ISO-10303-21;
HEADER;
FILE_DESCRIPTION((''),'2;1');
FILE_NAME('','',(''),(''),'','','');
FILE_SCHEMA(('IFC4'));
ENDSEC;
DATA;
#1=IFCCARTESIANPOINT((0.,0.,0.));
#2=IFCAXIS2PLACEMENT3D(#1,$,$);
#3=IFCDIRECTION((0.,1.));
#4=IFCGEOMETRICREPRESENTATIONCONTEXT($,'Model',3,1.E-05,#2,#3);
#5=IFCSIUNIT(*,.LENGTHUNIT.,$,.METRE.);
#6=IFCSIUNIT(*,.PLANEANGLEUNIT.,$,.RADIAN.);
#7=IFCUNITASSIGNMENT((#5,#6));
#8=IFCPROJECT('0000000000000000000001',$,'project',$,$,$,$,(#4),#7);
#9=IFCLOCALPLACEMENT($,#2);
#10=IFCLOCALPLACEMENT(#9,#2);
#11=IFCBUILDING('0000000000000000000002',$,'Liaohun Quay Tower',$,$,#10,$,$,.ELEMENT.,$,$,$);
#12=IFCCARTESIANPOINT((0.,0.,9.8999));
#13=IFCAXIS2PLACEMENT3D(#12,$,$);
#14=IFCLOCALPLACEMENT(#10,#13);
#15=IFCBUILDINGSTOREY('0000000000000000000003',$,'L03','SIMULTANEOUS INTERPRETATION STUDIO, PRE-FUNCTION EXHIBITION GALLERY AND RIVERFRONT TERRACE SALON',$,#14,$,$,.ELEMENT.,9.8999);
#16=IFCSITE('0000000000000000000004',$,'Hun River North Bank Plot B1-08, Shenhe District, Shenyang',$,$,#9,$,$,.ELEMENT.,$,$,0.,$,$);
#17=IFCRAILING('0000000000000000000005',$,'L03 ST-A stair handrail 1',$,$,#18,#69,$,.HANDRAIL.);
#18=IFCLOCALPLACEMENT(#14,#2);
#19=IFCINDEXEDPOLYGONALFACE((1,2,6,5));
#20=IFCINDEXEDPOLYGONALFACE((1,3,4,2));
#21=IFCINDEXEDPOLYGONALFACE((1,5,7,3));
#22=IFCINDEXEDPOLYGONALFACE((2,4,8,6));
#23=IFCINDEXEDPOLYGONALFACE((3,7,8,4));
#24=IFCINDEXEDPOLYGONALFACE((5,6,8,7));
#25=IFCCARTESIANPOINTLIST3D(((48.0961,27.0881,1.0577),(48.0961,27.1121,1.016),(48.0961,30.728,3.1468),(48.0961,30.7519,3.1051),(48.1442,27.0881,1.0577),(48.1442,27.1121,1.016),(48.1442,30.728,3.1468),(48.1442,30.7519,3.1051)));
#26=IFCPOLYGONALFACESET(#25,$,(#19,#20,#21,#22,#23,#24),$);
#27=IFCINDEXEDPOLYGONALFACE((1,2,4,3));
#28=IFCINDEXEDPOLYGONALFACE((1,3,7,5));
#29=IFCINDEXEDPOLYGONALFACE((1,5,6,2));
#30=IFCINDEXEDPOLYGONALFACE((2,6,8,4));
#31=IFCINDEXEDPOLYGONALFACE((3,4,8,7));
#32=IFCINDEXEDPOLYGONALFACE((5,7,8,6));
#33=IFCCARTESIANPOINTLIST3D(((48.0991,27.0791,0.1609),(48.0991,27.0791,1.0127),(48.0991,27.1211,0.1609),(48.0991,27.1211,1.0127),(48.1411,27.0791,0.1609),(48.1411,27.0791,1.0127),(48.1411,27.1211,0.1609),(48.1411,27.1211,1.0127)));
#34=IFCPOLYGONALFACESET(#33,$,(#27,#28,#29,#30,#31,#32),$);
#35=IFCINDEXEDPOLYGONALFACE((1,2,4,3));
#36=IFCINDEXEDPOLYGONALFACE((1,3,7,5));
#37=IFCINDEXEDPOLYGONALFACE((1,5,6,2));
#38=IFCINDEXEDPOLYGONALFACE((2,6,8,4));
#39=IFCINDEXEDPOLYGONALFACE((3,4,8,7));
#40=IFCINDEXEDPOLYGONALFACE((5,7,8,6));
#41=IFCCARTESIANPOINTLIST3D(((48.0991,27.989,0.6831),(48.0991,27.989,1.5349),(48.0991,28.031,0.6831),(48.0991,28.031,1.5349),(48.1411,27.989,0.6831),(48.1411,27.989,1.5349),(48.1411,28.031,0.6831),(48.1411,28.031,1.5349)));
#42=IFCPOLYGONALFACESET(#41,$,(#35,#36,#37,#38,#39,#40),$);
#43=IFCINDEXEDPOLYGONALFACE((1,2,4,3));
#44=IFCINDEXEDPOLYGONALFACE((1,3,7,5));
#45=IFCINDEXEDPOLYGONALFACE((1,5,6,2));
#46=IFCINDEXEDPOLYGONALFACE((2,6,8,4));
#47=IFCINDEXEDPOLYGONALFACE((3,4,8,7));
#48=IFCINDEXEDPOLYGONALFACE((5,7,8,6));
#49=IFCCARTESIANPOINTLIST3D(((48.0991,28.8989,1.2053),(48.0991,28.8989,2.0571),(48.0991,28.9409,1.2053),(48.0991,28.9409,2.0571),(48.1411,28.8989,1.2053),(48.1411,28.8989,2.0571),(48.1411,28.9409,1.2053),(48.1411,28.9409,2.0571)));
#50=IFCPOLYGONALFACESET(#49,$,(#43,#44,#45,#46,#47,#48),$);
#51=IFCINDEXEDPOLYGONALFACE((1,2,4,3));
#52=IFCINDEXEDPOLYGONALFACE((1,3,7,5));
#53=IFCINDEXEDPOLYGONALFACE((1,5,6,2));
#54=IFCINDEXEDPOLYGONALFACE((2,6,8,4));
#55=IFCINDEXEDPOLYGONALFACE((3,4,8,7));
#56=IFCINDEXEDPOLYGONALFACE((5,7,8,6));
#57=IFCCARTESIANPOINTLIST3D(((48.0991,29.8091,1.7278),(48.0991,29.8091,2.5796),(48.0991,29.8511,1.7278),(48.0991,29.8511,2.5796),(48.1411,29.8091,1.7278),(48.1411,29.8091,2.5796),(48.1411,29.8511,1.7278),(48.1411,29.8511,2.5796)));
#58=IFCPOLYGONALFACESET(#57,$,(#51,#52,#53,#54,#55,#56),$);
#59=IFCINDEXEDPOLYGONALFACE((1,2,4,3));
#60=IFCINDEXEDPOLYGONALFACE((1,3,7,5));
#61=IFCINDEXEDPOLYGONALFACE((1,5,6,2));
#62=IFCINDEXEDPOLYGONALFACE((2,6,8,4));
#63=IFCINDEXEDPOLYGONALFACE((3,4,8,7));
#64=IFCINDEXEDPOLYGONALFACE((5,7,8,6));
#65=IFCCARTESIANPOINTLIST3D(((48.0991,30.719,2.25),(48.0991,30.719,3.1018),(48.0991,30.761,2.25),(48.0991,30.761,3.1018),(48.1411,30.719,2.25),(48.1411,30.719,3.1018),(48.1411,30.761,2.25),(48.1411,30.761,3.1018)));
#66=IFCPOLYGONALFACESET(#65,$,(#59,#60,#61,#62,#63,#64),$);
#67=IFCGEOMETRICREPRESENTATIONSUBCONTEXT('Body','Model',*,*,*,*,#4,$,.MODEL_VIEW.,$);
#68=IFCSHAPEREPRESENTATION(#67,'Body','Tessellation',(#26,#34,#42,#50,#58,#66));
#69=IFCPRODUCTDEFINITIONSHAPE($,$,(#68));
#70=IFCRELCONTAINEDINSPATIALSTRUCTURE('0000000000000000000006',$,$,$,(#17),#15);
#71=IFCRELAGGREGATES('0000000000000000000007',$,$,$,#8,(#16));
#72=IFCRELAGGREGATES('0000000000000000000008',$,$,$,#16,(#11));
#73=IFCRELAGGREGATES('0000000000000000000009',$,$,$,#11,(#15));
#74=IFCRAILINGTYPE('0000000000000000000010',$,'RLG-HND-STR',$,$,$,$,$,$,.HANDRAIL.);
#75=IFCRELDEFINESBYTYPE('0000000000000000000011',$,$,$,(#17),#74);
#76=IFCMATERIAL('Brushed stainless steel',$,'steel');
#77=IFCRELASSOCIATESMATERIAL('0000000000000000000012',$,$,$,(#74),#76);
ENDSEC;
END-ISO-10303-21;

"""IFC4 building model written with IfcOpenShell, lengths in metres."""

from ifc_helpers import new_model, si_unit, direction, frame, origin, origin_2d, place, context, subcontext, project, spatial, rectangle, extrude, material, type_object, element, save


model = new_model("IFC4")

# Units and contexts
model_context = context("Model", 3, precision=1e-05, world=origin(), true_north=direction((0.0, 1.0)))
body_context = subcontext(model_context, "Body", "Model", "MODEL_VIEW")
ifc_project = project(units=[si_unit("LENGTHUNIT", "METRE"), si_unit("PLANEANGLEUNIT", "RADIAN")], contexts=[model_context])

# Site, building, storey
site_placement = place(None, origin())
site = spatial("IfcSite", under=ifc_project, at=site_placement, Name="Hun River North Bank Plot B1-08, Shenhe District, Shenyang", CompositionType="ELEMENT", RefElevation=0.0)
building_placement = place(site_placement, origin())
building = spatial("IfcBuilding", under=site, at=building_placement, Name="Liaohun Quay Tower", CompositionType="ELEMENT")
storey_placement = place(building_placement, frame((0.0, 0.0, 9.8999)))
storey = spatial("IfcBuildingStorey", under=building, at=storey_placement, Name="L03", Description="SIMULTANEOUS INTERPRETATION STUDIO, PRE-FUNCTION EXHIBITION GALLERY AND RIVERFRONT TERRACE SALON", CompositionType="ELEMENT", Elevation=9.8999)

# Railing
ifc_material_1 = material(Name="Brushed stainless steel", Category="steel")
railing_type_1 = type_object("IfcRailingType", Name="RLG-HND-STR", PredefinedType="HANDRAIL", material=ifc_material_1)
railing_1_placement = place(storey_placement, frame((48.1201, 27.1001, 0.1609)))
element("IfcRailing", 1, at=railing_1_placement, inside=storey, type_object=railing_type_1, Name="L03 ST-A stair handrail 1", PredefinedType="HANDRAIL", context=body_context, shape_type="SweptSolid", body=[
    extrude(rectangle(XDim=0.0481, YDim=0.0481, at=origin_2d()), frame((0.0, 0.0, 0.876), z_axis=(0.0, 0.8673, 0.497786), x_axis=(-1.0, 0.0, 0.0)), (0.0, 0.0, 1.0), 4.1968),
    extrude(rectangle(XDim=0.042, YDim=0.042, at=origin_2d()), origin(), (0.0, 0.0, 1.0), 0.8518),
    extrude(rectangle(XDim=0.042, YDim=0.042, at=origin_2d()), frame((0.0, 0.9099, 0.5222)), (0.0, 0.0, 1.0), 0.8518),
    extrude(rectangle(XDim=0.042, YDim=0.042, at=origin_2d()), frame((0.0, 1.8198, 1.0444)), (0.0, 0.0, 1.0), 0.8518),
    extrude(rectangle(XDim=0.042, YDim=0.042, at=origin_2d()), frame((0.0, 2.73, 1.5669)), (0.0, 0.0, 1.0), 0.8518),
    extrude(rectangle(XDim=0.042, YDim=0.042, at=origin_2d()), frame((0.0, 3.6399, 2.0891)), (0.0, 0.0, 1.0), 0.8518),
])

save(model, "model.ifc")
